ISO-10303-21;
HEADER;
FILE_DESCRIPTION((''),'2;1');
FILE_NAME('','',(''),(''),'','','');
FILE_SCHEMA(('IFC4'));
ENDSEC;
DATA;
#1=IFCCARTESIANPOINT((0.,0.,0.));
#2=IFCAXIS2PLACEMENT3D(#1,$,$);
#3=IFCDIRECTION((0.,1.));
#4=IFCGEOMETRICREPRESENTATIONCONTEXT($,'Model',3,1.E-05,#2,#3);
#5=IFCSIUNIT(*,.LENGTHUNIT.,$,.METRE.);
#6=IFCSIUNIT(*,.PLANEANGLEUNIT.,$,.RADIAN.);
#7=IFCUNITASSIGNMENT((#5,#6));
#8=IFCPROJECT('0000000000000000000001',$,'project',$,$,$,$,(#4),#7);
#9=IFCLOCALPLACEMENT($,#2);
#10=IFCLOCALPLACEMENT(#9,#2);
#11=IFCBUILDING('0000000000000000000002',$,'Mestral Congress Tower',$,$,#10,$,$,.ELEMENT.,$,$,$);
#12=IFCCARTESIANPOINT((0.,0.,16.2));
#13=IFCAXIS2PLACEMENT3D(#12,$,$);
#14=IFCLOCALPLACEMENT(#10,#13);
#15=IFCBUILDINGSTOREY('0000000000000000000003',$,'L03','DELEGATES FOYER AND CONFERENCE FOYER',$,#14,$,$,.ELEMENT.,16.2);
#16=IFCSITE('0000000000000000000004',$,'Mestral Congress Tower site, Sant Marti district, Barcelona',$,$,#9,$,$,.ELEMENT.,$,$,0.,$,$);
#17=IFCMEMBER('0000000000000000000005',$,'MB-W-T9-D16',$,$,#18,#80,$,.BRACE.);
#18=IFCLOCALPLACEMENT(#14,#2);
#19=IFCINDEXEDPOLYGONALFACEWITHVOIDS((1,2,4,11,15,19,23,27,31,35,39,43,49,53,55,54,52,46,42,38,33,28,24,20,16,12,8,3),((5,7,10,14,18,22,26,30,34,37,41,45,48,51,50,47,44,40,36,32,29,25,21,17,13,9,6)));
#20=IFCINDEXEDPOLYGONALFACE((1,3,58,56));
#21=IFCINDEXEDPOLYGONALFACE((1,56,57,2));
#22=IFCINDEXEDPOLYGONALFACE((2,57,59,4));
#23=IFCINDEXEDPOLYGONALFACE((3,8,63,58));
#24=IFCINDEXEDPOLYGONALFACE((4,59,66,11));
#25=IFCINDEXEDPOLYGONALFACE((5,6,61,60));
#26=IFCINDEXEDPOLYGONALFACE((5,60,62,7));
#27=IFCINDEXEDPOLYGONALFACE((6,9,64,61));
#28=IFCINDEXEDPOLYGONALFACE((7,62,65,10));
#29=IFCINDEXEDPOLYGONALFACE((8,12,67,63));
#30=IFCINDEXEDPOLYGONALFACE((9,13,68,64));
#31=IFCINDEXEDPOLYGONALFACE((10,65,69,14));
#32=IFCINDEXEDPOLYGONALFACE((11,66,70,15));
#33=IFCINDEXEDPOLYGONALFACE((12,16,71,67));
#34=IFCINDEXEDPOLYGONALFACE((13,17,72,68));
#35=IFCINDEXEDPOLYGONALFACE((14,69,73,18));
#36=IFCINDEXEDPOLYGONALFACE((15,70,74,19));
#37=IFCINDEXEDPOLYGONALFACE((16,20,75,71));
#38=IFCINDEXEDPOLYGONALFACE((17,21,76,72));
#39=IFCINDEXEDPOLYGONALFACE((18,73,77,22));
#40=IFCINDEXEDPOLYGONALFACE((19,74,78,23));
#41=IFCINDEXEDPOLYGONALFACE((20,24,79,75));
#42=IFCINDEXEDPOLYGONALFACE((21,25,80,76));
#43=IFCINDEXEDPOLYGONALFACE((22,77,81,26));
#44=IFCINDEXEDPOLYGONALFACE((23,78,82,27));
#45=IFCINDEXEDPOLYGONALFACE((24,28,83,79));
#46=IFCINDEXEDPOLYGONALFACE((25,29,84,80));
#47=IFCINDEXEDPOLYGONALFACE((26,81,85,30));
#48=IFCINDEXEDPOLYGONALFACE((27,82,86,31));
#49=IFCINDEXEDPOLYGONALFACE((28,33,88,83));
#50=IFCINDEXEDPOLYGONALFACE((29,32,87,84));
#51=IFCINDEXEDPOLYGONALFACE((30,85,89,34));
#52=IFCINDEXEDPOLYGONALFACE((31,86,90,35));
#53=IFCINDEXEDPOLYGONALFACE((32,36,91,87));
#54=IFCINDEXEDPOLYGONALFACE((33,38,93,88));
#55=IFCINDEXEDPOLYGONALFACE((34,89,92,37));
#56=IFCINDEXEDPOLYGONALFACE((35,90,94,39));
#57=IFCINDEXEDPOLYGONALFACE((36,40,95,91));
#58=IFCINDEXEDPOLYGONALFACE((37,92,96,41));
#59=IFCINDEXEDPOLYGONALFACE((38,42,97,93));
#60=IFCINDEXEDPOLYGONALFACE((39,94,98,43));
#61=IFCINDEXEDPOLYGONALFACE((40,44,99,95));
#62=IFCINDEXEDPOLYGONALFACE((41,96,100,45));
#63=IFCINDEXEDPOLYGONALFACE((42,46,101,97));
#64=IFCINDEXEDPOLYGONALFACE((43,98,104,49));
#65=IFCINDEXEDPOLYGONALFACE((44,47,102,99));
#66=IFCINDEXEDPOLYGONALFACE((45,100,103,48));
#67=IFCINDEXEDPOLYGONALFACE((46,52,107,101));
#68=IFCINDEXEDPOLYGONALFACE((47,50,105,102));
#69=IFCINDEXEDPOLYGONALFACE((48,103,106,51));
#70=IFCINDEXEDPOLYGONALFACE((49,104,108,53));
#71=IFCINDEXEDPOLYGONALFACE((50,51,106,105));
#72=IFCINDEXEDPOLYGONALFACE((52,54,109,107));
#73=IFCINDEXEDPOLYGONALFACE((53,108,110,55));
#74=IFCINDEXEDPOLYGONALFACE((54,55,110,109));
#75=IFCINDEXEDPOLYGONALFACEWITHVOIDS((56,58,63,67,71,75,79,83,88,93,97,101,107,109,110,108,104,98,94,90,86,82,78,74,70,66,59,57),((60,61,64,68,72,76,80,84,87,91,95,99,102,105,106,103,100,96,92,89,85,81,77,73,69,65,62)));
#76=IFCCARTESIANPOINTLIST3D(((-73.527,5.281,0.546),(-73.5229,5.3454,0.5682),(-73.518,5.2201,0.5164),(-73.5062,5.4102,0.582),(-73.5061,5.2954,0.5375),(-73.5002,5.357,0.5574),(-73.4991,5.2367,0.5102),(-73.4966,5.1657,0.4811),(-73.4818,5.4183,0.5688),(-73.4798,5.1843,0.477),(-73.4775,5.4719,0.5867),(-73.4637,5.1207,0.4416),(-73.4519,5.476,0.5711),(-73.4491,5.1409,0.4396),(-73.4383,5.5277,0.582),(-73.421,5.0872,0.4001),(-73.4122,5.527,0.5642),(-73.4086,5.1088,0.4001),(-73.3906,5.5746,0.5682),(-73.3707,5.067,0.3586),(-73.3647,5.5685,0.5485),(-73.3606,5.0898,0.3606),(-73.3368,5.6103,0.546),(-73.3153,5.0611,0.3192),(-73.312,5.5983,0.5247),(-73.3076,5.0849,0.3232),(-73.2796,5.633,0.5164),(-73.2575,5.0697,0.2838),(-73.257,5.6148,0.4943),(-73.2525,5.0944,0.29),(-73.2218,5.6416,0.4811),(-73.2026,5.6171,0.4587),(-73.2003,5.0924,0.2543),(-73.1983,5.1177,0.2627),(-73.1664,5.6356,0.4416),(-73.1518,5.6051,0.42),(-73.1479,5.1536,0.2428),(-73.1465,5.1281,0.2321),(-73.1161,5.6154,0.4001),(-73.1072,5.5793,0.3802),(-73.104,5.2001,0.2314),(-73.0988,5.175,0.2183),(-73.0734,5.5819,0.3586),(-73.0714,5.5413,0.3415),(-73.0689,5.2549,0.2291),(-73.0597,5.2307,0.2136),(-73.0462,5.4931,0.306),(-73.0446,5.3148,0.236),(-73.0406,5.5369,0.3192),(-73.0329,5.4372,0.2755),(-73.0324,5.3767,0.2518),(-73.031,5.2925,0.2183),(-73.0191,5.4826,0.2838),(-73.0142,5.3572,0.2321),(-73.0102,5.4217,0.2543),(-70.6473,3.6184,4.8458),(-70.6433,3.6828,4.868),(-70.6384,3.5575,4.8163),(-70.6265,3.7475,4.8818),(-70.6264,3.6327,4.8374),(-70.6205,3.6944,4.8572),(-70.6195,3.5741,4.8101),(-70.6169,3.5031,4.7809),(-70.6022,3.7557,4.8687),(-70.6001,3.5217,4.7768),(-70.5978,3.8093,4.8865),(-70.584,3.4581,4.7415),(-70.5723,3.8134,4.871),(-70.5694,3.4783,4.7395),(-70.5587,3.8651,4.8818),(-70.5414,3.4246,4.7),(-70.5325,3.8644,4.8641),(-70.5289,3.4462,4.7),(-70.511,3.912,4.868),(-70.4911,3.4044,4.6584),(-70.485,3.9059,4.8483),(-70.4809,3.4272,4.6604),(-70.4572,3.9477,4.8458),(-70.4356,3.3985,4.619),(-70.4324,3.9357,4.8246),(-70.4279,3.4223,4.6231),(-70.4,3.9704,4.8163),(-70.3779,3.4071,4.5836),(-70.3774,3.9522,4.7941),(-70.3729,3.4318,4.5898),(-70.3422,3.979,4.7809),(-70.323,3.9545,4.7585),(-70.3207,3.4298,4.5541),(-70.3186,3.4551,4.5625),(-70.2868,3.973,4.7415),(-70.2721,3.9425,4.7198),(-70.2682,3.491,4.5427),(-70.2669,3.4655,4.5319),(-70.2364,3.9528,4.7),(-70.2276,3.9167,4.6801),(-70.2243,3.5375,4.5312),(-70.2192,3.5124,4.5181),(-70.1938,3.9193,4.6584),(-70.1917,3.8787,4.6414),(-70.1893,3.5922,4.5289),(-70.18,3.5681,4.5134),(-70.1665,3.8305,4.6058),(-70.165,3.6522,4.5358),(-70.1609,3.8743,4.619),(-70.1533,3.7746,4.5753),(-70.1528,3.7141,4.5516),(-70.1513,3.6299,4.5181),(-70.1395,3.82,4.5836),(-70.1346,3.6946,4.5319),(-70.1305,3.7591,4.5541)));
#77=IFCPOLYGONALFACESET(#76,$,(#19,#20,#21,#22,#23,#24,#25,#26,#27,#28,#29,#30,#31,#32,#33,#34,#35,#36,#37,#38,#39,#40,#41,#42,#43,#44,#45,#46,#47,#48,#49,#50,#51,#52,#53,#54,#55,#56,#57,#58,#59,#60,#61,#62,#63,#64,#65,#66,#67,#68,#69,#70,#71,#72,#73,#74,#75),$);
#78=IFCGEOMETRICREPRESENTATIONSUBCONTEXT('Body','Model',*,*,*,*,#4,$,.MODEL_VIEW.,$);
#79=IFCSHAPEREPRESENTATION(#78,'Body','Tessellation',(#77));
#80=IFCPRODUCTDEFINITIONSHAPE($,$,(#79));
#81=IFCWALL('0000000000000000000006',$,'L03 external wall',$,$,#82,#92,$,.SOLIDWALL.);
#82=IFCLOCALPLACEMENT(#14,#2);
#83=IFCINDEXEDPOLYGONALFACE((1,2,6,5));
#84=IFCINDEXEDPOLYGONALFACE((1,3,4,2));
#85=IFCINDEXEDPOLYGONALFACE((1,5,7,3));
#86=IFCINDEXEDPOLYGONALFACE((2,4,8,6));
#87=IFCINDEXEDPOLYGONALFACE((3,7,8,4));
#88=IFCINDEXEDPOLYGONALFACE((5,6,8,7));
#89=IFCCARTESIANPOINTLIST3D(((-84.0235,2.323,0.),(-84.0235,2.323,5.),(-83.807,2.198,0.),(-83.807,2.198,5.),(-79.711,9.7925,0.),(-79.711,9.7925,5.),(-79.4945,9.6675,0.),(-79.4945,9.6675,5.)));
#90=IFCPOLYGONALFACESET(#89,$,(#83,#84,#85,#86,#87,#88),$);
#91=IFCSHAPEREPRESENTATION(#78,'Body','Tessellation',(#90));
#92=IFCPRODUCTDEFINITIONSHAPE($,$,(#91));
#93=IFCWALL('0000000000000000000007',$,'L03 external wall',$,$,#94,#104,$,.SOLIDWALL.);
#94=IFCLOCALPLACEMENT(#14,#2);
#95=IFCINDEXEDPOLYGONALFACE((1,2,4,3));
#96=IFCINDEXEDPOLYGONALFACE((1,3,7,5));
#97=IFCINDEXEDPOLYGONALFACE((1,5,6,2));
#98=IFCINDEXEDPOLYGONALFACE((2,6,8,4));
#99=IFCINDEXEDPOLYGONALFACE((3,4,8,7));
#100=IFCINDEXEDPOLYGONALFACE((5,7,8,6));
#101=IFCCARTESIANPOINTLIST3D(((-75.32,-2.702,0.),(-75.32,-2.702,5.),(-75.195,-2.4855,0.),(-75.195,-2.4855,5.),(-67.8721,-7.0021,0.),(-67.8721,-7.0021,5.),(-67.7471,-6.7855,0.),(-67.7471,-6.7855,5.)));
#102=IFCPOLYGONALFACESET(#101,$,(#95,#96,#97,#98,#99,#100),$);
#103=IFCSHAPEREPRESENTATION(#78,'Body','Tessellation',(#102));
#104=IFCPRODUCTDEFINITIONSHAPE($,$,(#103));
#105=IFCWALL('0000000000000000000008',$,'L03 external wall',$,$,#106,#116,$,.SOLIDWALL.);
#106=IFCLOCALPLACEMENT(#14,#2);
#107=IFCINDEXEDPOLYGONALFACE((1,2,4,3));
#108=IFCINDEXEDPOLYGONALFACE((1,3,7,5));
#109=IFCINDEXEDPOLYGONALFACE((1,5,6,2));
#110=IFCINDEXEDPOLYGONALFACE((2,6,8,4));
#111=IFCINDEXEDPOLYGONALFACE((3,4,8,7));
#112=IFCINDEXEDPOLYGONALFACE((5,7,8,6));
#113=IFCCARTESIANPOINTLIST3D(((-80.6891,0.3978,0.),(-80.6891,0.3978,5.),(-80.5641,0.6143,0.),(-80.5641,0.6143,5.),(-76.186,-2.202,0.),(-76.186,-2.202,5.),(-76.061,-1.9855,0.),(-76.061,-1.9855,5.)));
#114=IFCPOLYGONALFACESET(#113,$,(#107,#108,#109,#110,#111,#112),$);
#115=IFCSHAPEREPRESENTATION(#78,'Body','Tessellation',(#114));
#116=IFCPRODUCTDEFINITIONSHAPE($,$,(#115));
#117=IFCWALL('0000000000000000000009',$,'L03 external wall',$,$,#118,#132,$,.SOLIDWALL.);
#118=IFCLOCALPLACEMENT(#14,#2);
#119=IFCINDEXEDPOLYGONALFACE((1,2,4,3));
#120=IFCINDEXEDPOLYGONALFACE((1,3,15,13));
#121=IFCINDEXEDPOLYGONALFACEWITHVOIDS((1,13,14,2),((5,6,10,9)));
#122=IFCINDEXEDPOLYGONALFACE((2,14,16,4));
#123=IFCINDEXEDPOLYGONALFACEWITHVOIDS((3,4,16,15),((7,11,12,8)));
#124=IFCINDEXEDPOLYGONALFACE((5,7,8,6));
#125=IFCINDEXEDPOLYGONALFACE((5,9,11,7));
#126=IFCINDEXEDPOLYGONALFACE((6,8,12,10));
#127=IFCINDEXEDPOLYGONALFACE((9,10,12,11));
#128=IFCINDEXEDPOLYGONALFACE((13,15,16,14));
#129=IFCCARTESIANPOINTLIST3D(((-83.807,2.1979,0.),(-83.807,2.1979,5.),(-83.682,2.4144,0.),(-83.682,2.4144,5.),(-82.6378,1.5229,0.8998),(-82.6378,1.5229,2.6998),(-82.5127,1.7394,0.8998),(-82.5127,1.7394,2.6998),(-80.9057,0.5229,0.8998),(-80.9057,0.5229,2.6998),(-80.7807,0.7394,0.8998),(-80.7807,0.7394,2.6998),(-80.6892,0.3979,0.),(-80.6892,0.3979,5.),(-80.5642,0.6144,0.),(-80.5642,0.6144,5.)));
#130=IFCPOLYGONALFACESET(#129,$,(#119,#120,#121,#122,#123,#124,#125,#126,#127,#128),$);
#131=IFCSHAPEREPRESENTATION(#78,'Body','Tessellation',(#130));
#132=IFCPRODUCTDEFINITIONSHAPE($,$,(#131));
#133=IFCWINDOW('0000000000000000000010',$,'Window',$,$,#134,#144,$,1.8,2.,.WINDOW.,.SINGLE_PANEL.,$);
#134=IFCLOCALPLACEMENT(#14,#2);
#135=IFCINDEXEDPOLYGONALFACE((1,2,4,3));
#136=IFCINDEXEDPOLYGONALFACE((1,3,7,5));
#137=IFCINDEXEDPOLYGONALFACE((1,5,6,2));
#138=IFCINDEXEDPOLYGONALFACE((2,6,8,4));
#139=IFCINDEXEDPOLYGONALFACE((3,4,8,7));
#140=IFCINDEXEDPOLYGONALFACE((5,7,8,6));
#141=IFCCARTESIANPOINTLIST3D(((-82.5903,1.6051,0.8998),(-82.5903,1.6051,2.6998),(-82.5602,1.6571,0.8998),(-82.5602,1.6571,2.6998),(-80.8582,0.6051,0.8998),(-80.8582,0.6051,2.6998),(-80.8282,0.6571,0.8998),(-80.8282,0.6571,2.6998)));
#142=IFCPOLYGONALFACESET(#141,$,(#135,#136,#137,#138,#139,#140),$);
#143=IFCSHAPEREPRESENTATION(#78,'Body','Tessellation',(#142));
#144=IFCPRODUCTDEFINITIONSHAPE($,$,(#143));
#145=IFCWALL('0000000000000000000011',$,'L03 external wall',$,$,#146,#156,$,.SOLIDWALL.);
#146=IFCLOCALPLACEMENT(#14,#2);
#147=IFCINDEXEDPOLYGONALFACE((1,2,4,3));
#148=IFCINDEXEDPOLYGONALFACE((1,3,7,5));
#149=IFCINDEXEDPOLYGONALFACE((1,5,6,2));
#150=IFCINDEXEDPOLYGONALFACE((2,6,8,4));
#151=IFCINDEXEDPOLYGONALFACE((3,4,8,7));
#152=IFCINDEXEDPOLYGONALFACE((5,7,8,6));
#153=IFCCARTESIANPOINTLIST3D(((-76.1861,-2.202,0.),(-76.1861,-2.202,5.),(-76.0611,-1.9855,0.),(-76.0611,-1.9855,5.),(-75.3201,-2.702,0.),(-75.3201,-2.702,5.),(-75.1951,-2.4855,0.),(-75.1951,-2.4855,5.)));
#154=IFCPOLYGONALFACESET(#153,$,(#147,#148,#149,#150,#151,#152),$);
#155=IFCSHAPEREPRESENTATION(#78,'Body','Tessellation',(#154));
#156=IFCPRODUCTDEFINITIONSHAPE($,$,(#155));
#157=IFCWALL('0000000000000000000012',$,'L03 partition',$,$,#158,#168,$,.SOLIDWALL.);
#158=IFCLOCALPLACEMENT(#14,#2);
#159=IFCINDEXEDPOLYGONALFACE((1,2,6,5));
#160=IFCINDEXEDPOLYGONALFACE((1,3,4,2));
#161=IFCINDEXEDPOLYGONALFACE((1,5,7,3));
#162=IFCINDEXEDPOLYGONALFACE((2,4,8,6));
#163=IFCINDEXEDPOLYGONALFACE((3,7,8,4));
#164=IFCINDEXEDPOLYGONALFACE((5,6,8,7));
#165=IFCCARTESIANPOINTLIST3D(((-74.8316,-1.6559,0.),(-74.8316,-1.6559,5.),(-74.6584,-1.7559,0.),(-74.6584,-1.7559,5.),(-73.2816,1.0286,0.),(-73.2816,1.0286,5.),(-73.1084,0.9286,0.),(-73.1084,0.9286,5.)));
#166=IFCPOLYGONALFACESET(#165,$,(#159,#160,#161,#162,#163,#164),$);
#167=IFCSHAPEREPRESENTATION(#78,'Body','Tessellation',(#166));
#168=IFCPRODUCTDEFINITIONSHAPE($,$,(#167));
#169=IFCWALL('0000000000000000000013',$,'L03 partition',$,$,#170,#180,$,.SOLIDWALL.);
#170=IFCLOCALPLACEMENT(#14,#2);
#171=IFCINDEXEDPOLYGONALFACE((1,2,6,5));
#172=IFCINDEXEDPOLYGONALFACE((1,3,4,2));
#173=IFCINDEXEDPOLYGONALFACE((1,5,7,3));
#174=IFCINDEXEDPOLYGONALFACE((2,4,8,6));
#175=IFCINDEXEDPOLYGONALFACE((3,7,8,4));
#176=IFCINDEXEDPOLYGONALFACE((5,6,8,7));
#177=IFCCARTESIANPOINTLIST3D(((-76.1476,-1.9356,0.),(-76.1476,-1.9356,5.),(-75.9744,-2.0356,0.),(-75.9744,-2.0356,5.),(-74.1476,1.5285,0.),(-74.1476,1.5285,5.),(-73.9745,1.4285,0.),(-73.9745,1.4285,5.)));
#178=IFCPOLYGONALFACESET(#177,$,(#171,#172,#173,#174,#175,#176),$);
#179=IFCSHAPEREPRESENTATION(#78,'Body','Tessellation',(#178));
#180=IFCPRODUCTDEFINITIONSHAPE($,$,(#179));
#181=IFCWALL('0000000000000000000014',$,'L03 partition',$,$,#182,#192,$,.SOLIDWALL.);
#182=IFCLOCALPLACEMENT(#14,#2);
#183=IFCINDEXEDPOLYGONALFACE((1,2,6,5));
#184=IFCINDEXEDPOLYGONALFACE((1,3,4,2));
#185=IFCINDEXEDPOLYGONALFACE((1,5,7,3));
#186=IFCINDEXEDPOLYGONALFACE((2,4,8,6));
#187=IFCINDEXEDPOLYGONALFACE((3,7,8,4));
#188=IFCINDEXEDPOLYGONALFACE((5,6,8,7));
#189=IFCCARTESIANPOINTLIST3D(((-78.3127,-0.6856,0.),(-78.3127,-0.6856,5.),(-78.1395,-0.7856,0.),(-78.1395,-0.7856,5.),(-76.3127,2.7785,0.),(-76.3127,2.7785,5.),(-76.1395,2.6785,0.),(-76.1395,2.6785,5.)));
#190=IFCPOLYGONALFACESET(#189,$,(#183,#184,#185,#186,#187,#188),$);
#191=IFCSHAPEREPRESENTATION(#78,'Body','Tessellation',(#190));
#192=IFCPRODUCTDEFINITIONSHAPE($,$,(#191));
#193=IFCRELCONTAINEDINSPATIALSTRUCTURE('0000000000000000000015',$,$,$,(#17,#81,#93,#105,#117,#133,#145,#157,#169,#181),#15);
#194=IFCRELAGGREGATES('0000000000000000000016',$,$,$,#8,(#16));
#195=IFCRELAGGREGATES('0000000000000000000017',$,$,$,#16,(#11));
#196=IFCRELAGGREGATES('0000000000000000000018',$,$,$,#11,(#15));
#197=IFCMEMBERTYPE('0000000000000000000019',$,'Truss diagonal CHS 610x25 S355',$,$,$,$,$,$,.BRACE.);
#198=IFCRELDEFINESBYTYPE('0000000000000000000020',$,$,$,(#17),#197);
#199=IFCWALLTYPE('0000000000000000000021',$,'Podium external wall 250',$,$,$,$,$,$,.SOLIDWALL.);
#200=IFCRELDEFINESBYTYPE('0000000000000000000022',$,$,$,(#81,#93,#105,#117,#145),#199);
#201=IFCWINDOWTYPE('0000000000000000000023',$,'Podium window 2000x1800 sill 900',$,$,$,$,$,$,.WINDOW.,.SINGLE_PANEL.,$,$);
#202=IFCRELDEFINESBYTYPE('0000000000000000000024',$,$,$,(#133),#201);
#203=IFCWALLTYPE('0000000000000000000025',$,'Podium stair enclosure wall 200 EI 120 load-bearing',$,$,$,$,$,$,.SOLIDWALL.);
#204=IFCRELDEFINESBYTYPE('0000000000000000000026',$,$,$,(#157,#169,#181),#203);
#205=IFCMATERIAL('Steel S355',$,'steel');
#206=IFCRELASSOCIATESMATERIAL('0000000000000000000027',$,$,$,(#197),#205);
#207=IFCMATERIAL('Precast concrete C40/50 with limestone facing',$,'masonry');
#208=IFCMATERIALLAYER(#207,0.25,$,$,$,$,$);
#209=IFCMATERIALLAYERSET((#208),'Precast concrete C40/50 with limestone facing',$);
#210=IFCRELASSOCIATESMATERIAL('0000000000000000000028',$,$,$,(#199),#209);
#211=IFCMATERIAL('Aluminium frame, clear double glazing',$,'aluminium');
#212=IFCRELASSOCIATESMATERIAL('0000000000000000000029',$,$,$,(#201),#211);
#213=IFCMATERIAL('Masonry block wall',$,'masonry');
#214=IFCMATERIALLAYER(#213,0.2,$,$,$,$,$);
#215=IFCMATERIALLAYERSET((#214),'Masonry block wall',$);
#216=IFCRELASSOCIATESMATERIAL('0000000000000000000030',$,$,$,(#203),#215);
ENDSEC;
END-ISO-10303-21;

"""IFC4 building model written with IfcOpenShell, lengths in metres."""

from ifc_helpers import new_model, si_unit, direction, frame, frame_2d, origin, origin_2d, place, context, subcontext, project, spatial, rectangle, hollow_circle, extrude, material, layer, layer_set, material_profile, profile_set, type_object, element, fill, save


model = new_model("IFC4")

# Units and contexts
model_context = context("Model", 3, precision=1e-05, world=origin(), true_north=direction((0.0, 1.0)))
body_context = subcontext(model_context, "Body", "Model", "MODEL_VIEW")
ifc_project = project(units=[si_unit("LENGTHUNIT", "METRE"), si_unit("PLANEANGLEUNIT", "RADIAN")], contexts=[model_context])

# Site, building, storey
site_placement = place(None, origin())
site = spatial("IfcSite", under=ifc_project, at=site_placement, Name="Mestral Congress Tower site, Sant Marti district, Barcelona", CompositionType="ELEMENT", RefElevation=0.0)
building_placement = place(site_placement, origin())
building = spatial("IfcBuilding", under=site, at=building_placement, Name="Mestral Congress Tower", CompositionType="ELEMENT")
storey_placement = place(building_placement, frame((0.0, 0.0, 16.2)))
storey = spatial("IfcBuildingStorey", under=building, at=storey_placement, Name="L03", Description="DELEGATES FOYER AND CONFERENCE FOYER", CompositionType="ELEMENT", Elevation=16.2)

# Shared definitions
ifc_material_1 = material(Name="Steel S355", Category="steel")

# Member
ifc_material_profile_1 = material_profile(ifc_material_1, hollow_circle(Radius=0.3049, WallThickness=0.0249, at=origin_2d()), Name="CHS 610x25")
ifc_profile_set_1 = profile_set([ifc_material_profile_1], Name="Steel S355")
member_type_1 = type_object("IfcMemberType", Name="Truss diagonal CHS 610x25 S355", PredefinedType="BRACE", material=ifc_profile_set_1)
member_1_placement = place(storey_placement, frame((-70.3889, 3.6887, 4.7), z_axis=(-0.529782, 0.305877, -0.791057), x_axis=(-0.500008, -0.866021, 0.0)))
element("IfcMember", 1, at=member_1_placement, inside=storey, type_object=member_type_1, Name="MB-W-T9-D16", PredefinedType="BRACE", context=body_context, shape_type="SweptSolid", body=[
    extrude(hollow_circle(Radius=0.3049, WallThickness=0.0249, at=origin_2d()), origin(), (0.0, 0.0, 1.0), 5.4355),
])

# Walls
ifc_material_2 = material(Name="Precast concrete C40/50 with limestone facing", Category="masonry")
ifc_layer_1 = layer(ifc_material_2, 0.25)
ifc_layer_set_1 = layer_set([ifc_layer_1], Name="Precast concrete C40/50 with limestone facing")
wall_type_1 = type_object("IfcWallType", Name="Podium external wall 250", PredefinedType="SOLIDWALL", material=ifc_layer_set_1)
wall_1_placement = place(storey_placement, frame((-83.9153, 2.2605, 0.0), z_axis=(0.0, 0.0, 1.0), x_axis=(0.499999, 0.866026, 0.0)))
element("IfcWall", 2, at=wall_1_placement, inside=storey, type_object=wall_type_1, Name="L03 external wall", PredefinedType="SOLIDWALL", context=body_context, shape_type="SweptSolid", body=[
    extrude(rectangle(XDim=8.625, YDim=0.25, at=frame_2d((4.3125, 0.0))), origin(), (0.0, 0.0, 1.0), 5.0),
])
wall_2_placement = place(storey_placement, frame((-67.8096, -6.8938, 0.0), z_axis=(0.0, 0.0, 1.0), x_axis=(-0.866028, 0.499995, 0.0)))
element("IfcWall", 3, at=wall_2_placement, inside=storey, type_object=wall_type_1, Name="L03 external wall", PredefinedType="SOLIDWALL", context=body_context, shape_type="SweptSolid", body=[
    extrude(rectangle(XDim=8.6001, YDim=0.25, at=frame_2d((4.3, 0.0))), origin(), (0.0, 0.0, 1.0), 5.0),
])
wall_3_placement = place(storey_placement, frame((-76.1235, -2.0938, 0.0), z_axis=(0.0, 0.0, 1.0), x_axis=(-0.86603, 0.499992, 0.0)))
element("IfcWall", 4, at=wall_3_placement, inside=storey, type_object=wall_type_1, Name="L03 external wall", PredefinedType="SOLIDWALL", context=body_context, shape_type="SweptSolid", body=[
    extrude(rectangle(XDim=5.1997, YDim=0.25, at=frame_2d((2.5999, 0.0))), origin(), (0.0, 0.0, 1.0), 5.0),
])

# Wall, opening, window
wall_4_placement = place(storey_placement, frame((-80.6267, 0.5061, 0.0), z_axis=(0.0, 0.0, 1.0), x_axis=(-0.866018, 0.500012, 0.0)))
wall_4 = element("IfcWall", 5, at=wall_4_placement, inside=storey, type_object=wall_type_1, Name="L03 external wall", PredefinedType="SOLIDWALL", context=body_context, shape_type="SweptSolid", body=[
    extrude(rectangle(XDim=3.6001, YDim=0.25, at=frame_2d((1.8, 0.0))), origin(), (0.0, 0.0, 1.0), 5.0),
])
opening_1_placement = place(wall_4_placement, frame((0.25, 0.0, 0.8999)))
opening_1 = element("IfcOpeningElement", 6, at=opening_1_placement, cuts=wall_4, PredefinedType="OPENING", context=body_context, shape_type="SweptSolid", body=[
    extrude(rectangle(XDim=2.0, YDim=1.8, at=frame_2d((1.0, 0.8999))), frame((0.0, 0.135, 0.0), z_axis=(0.0, -1.0, 0.0), x_axis=(1.0, 0.0, 0.0)), (0.0, 0.0, 1.0), 0.27),
])
ifc_material_3 = material(Name="Aluminium frame, clear double glazing", Category="aluminium")
window_type = type_object("IfcWindowType", Name="Podium window 2000x1800 sill 900", PartitioningType="SINGLE_PANEL", PredefinedType="WINDOW", material=ifc_material_3)
window_placement = place(opening_1_placement, origin())
window = element("IfcWindow", 7, at=window_placement, inside=storey, type_object=window_type, Name="Window", OverallHeight=1.8, OverallWidth=2.0, PartitioningType="SINGLE_PANEL", PredefinedType="WINDOW", context=body_context, shape_type="SweptSolid", body=[
    extrude(rectangle(XDim=2.0, YDim=1.8, at=frame_2d((1.0, 0.8999))), frame((0.0, 0.03, 0.0), z_axis=(0.0, -1.0, 0.0), x_axis=(1.0, 0.0, 0.0)), (0.0, 0.0, 1.0), 0.0601),
])
fill(opening_1, window)

# Walls
wall_5_placement = place(storey_placement, frame((-75.2576, -2.5938, 0.0), z_axis=(0.0, 0.0, 1.0), x_axis=(-0.866011, 0.500025, 0.0)))
element("IfcWall", 8, at=wall_5_placement, inside=storey, type_object=wall_type_1, Name="L03 external wall", PredefinedType="SOLIDWALL", context=body_context, shape_type="SweptSolid", body=[
    extrude(rectangle(XDim=1.0, YDim=0.25, at=frame_2d((0.5, 0.0))), origin(), (0.0, 0.0, 1.0), 5.0),
])
ifc_material_4 = material(Name="Masonry block wall", Category="masonry")
ifc_layer_2 = layer(ifc_material_4, 0.2)
ifc_layer_set_2 = layer_set([ifc_layer_2], Name="Masonry block wall")
wall_type_2 = type_object("IfcWallType", Name="Podium stair enclosure wall 200 EI 120 load-bearing", PredefinedType="SOLIDWALL", material=ifc_layer_set_2)
wall_6_placement = place(storey_placement, frame((-73.1951, 0.9785, 0.0), z_axis=(0.0, 0.0, 1.0), x_axis=(-0.500027, -0.86601, 0.0)))
element("IfcWall", 9, at=wall_6_placement, inside=storey, type_object=wall_type_2, Name="L03 partition", PredefinedType="SOLIDWALL", context=body_context, shape_type="SweptSolid", body=[
    extrude(rectangle(XDim=3.0999, YDim=0.2, at=frame_2d((1.5498, 0.0))), origin(), (0.0, 0.0, 1.0), 5.0),
])
for number, where, z_axis, x_axis, name in (
    (10, (-74.061, 1.4785, 0.0), (0.0, 0.0, 1.0), (-0.499999, -0.866026, 0.0), "L03 partition"),
    (11, (-76.2261, 2.7285, 0.0), (0.0, 0.0, 1.0), (-0.499999, -0.866026, 0.0), "L03 partition"),
):
    element("IfcWall", number, at=place(storey_placement, frame(where, z_axis=z_axis, x_axis=x_axis)), inside=storey, type_object=wall_type_2, Name=name, PredefinedType="SOLIDWALL", context=body_context, shape_type="SweptSolid", body=[
        extrude(rectangle(XDim=4.0, YDim=0.2, at=frame_2d((2.0, 0.0))), origin(), (0.0, 0.0, 1.0), 5.0),
    ])

save(model, "model.ifc")
